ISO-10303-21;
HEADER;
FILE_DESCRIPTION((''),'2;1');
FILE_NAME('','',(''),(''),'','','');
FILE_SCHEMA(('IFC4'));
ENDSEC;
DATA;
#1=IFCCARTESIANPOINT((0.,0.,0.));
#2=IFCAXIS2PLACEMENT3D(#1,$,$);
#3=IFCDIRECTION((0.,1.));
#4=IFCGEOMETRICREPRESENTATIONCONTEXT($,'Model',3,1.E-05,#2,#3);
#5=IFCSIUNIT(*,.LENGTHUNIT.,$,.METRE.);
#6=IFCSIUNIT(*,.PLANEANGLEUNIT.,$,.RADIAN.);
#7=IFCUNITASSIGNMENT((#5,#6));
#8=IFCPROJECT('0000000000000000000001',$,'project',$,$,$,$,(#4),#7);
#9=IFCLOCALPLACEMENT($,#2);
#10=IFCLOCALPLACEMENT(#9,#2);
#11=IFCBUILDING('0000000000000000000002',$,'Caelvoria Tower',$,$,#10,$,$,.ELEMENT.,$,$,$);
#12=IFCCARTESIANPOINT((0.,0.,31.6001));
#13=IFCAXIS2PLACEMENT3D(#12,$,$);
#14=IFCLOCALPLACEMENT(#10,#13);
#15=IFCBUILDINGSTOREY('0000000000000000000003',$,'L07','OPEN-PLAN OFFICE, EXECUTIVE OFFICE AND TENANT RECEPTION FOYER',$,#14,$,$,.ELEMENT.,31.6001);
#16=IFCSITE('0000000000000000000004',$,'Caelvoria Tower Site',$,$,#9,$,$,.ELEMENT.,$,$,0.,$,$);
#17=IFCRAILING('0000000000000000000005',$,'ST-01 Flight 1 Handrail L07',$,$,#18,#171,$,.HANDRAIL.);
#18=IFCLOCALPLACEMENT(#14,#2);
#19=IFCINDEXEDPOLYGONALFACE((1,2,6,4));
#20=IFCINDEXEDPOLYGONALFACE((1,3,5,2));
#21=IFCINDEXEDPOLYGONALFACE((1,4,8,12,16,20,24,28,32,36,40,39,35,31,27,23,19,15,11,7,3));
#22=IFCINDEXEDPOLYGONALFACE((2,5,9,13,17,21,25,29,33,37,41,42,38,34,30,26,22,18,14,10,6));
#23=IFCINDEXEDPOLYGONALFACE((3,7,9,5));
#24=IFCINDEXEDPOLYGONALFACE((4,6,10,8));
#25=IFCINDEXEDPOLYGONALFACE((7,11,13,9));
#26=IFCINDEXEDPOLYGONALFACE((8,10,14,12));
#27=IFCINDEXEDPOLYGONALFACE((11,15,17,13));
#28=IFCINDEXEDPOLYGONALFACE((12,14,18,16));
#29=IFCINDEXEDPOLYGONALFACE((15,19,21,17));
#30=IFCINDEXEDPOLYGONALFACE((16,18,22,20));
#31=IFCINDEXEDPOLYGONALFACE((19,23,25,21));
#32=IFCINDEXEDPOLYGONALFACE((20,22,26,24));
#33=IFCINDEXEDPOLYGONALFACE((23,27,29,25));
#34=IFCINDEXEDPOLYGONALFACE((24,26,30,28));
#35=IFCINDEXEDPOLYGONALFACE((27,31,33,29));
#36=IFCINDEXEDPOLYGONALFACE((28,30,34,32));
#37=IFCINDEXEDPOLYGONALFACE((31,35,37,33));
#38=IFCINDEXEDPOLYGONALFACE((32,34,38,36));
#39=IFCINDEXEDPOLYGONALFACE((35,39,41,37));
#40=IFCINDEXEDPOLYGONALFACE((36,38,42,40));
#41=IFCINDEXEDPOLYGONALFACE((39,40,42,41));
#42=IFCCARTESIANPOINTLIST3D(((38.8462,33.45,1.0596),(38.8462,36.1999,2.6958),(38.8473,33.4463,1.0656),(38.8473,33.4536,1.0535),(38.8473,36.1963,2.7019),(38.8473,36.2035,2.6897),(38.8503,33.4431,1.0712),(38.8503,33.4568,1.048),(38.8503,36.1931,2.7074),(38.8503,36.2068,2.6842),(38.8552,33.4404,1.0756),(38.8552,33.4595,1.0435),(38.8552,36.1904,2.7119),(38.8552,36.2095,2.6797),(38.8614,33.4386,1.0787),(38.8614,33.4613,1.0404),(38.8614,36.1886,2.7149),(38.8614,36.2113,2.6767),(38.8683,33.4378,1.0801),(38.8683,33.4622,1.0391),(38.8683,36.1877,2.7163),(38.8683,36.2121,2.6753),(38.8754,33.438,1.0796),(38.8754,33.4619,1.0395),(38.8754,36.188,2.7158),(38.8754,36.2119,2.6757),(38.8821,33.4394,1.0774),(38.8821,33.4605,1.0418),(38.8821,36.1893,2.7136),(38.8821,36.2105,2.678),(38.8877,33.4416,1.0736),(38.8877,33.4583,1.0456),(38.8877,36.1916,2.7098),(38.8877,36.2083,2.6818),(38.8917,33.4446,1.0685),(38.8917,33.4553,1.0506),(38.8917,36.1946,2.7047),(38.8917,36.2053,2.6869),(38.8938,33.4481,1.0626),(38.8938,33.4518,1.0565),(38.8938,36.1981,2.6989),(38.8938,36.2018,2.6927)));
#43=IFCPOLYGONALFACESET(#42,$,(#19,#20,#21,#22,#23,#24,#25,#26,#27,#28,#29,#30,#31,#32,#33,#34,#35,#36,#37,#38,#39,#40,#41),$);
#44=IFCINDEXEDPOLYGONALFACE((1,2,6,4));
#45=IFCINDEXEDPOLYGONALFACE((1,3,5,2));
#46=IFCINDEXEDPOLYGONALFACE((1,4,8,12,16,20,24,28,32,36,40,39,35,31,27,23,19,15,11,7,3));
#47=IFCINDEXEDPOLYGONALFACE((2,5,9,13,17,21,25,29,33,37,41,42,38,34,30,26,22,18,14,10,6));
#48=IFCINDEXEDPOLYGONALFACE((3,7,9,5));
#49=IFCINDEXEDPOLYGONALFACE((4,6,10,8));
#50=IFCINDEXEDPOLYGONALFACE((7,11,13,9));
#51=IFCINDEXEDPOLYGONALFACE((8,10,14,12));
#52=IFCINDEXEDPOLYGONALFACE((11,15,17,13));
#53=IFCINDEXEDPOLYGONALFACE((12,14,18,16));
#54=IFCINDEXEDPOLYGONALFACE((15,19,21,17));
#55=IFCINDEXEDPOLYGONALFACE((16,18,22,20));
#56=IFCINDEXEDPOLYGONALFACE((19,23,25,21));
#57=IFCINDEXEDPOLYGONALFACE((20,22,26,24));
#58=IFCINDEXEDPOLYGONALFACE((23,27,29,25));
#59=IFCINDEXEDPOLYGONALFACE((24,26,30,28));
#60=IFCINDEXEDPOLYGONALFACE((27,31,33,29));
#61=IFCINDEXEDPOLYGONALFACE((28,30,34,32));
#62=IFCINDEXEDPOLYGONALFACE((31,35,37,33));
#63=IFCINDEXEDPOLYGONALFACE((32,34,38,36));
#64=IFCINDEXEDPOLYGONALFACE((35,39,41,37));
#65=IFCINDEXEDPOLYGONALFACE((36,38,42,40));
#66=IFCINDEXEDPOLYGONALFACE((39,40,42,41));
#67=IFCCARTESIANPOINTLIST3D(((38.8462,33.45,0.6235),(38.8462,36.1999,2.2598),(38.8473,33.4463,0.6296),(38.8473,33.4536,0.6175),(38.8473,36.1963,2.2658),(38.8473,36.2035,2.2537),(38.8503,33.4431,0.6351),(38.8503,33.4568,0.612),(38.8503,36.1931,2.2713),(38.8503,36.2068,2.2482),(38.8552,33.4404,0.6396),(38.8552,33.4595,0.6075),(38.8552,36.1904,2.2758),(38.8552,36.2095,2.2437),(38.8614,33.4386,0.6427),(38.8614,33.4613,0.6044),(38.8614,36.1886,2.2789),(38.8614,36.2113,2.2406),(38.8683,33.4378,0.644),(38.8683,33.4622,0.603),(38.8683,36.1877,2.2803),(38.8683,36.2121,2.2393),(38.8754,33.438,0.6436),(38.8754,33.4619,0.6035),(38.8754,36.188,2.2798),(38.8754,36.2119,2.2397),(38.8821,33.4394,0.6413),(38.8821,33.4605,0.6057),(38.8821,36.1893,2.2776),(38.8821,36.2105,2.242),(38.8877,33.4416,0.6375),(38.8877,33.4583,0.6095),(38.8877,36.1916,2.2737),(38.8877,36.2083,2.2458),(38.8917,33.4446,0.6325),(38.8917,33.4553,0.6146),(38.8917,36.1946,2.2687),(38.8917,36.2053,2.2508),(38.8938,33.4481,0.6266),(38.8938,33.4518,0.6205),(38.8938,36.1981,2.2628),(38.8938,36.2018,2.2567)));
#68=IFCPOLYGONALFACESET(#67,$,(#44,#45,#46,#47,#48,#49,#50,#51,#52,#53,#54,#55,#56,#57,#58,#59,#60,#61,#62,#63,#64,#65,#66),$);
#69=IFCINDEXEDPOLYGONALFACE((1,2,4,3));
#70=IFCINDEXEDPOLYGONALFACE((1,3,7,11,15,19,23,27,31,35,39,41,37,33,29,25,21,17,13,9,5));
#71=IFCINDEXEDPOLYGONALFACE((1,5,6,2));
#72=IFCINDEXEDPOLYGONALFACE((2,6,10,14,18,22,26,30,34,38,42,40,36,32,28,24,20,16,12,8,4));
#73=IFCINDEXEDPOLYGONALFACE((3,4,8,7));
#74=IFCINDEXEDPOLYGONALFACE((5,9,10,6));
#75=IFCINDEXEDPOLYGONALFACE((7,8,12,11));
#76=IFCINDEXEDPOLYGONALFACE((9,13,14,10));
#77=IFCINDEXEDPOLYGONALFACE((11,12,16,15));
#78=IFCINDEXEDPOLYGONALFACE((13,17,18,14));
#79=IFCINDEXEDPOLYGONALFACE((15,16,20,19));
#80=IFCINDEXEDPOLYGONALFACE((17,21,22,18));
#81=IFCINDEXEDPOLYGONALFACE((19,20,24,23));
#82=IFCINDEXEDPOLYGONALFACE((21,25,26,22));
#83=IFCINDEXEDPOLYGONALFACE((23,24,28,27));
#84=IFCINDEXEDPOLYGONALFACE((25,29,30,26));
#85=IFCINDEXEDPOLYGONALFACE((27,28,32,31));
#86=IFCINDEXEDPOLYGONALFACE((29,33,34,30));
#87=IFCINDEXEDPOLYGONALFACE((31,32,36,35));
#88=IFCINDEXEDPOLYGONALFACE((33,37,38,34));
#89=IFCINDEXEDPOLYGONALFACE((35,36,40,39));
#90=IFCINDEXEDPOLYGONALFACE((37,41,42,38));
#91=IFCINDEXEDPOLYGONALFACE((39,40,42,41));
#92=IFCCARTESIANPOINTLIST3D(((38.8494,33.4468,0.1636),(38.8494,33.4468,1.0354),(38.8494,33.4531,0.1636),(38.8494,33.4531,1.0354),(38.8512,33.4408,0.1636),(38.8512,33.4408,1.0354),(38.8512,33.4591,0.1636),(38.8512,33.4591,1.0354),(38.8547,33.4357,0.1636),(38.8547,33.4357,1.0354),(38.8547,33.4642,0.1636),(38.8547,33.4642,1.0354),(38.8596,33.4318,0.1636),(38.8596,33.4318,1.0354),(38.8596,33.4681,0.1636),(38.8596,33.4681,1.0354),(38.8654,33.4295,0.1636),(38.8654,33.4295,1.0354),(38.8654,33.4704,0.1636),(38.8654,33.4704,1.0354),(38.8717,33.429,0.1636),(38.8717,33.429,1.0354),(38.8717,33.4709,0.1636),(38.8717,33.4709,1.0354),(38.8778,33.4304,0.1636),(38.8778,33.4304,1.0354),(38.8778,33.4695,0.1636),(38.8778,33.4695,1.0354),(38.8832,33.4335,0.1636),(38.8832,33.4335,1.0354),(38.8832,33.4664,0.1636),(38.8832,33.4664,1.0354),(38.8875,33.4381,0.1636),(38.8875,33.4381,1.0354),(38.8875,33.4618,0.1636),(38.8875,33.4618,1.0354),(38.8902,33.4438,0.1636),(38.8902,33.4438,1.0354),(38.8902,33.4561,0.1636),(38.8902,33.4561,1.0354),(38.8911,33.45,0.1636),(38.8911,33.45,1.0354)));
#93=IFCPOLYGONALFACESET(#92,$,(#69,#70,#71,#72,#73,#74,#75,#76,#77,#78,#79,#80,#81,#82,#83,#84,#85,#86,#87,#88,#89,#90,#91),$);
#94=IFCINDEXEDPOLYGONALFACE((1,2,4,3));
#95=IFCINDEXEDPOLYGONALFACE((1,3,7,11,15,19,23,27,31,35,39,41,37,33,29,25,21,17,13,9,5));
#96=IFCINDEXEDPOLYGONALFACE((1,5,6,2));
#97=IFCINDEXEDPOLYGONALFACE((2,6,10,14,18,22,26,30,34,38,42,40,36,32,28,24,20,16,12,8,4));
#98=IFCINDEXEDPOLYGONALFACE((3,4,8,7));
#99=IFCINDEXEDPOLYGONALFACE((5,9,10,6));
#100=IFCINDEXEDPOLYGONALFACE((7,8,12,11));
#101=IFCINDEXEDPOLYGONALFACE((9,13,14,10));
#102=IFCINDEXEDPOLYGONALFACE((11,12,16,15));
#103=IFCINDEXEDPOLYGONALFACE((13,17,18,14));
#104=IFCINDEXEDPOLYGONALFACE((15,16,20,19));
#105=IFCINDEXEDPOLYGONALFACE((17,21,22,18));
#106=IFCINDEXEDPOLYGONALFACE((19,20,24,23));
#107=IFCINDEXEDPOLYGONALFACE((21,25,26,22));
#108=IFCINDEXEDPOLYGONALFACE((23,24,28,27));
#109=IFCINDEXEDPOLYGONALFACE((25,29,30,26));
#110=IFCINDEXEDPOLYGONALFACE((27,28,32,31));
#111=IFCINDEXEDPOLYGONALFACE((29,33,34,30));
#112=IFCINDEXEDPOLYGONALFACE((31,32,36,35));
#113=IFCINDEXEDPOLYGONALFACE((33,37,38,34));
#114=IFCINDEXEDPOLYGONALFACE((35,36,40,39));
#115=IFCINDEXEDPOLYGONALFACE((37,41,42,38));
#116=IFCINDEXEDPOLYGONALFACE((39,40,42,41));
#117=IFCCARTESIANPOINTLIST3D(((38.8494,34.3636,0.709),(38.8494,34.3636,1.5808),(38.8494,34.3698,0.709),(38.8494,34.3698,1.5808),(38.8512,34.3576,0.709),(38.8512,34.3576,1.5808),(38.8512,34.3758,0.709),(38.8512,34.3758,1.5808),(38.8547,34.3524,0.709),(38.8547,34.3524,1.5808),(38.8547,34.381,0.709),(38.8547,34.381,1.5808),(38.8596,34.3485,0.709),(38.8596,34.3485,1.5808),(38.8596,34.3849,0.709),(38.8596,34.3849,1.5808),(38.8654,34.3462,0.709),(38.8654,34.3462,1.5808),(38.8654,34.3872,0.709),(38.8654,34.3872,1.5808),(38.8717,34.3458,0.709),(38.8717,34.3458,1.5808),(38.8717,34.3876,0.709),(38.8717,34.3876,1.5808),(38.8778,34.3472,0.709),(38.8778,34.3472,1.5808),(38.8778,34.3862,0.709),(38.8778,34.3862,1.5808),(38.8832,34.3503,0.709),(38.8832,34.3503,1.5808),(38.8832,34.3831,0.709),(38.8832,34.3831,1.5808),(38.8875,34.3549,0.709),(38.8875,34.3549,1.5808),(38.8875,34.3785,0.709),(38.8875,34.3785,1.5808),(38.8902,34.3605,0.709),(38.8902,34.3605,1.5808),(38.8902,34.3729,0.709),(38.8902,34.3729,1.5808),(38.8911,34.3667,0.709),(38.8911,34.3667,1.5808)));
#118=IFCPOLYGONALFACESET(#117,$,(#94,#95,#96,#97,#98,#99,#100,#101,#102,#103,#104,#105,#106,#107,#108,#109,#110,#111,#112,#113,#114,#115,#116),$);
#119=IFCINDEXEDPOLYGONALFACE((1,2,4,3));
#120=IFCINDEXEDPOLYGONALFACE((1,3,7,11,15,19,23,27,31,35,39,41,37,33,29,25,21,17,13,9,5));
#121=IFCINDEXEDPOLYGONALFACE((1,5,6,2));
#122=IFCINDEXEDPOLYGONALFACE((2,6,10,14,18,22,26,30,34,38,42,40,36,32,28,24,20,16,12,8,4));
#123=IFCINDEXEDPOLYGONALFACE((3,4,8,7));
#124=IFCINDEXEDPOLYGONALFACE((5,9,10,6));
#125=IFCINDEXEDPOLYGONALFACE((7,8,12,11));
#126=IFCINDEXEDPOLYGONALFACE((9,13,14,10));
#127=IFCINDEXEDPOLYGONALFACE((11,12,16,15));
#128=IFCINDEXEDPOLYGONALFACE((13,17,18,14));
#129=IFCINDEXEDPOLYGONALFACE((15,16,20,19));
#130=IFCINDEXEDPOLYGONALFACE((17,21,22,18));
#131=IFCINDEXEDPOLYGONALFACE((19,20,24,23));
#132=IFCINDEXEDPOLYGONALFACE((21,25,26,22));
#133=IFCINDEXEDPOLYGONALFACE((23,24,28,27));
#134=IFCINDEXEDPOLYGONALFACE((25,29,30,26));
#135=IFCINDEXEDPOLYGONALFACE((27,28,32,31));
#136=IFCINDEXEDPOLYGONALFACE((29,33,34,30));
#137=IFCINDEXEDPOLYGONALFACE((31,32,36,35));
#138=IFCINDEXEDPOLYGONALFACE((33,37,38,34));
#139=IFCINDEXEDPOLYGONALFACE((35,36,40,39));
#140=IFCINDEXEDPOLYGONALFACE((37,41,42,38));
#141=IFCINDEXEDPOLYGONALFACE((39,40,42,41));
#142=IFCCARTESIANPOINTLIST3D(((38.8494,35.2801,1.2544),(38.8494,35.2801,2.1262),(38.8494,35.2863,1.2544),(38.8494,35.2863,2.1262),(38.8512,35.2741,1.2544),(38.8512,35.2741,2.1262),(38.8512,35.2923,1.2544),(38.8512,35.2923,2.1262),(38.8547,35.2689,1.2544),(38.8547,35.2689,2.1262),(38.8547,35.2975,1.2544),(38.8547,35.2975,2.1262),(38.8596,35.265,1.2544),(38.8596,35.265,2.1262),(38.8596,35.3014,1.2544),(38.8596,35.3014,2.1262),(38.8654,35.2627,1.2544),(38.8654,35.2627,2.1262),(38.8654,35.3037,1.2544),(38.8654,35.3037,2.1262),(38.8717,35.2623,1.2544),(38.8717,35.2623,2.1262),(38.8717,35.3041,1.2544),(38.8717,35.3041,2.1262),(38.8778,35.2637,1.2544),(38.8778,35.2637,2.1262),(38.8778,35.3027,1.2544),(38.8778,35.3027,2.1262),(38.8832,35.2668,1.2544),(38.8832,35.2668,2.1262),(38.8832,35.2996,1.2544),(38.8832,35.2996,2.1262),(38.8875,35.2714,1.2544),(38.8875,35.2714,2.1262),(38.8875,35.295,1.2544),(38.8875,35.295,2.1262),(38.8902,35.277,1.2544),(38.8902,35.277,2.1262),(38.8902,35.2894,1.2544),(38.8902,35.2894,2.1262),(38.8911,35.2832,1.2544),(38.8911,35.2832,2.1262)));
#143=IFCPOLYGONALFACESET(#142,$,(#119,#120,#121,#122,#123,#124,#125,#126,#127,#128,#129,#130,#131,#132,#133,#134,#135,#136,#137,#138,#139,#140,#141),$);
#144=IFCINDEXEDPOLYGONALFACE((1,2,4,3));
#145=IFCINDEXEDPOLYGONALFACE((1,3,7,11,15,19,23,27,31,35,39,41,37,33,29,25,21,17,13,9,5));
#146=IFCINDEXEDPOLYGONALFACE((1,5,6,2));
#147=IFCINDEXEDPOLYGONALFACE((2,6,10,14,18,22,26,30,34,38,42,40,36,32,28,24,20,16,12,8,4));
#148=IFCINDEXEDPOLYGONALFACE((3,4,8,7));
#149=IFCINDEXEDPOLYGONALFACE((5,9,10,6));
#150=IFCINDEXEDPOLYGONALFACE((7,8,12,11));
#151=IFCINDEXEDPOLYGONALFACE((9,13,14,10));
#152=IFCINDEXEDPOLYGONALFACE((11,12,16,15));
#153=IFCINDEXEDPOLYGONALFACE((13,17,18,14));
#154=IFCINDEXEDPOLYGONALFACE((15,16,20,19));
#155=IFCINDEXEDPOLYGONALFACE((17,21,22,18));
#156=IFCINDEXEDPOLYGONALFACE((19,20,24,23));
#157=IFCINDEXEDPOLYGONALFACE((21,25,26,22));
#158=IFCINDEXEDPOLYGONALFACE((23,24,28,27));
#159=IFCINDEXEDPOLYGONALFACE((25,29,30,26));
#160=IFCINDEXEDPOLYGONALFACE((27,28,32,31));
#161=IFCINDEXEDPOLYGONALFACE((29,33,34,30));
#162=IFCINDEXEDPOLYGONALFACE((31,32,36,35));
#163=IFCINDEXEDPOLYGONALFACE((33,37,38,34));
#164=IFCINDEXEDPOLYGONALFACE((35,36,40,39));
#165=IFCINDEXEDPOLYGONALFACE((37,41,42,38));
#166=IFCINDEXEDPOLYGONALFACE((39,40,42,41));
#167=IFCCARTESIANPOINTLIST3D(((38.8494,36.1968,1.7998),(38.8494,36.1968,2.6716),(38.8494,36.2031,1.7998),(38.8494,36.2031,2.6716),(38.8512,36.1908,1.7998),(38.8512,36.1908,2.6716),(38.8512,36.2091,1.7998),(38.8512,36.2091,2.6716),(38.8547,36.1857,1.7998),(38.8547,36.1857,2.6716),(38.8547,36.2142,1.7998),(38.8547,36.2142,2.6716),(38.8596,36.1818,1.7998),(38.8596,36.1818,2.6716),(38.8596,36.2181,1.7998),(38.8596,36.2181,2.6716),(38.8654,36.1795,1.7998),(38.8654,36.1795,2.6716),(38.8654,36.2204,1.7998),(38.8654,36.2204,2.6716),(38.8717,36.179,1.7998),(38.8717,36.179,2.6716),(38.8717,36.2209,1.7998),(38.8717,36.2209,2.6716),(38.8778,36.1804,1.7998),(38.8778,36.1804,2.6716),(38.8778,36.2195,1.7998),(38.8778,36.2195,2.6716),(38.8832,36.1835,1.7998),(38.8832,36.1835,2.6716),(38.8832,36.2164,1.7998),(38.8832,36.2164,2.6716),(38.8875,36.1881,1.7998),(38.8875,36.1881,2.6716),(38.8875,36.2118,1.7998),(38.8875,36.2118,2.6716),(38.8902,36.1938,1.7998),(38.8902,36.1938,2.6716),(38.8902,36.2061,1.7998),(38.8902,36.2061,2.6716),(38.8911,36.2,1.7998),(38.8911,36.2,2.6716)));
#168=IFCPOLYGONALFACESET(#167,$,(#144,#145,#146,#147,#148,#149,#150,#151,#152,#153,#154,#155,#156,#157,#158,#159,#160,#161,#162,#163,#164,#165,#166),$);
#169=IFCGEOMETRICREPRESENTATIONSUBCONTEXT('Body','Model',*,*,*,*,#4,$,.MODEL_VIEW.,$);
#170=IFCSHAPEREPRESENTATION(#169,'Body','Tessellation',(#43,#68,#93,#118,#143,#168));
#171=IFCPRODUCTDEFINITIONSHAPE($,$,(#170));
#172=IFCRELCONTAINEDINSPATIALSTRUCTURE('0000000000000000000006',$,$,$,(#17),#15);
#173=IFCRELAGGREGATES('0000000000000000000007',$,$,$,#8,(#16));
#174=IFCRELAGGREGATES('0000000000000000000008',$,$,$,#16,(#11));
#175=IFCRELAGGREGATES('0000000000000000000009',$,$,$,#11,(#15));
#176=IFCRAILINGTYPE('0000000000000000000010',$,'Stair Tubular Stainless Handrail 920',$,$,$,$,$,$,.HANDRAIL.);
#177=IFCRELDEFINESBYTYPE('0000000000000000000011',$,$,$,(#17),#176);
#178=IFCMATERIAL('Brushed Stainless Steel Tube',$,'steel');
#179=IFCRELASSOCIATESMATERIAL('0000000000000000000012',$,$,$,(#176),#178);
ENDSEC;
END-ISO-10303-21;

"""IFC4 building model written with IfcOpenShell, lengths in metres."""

from ifc_helpers import new_model, si_unit, direction, frame, origin, origin_2d, place, context, subcontext, project, spatial, circle, extrude, material, type_object, element, save


model = new_model("IFC4")

# Units and contexts
model_context = context("Model", 3, precision=1e-05, world=origin(), true_north=direction((0.0, 1.0)))
body_context = subcontext(model_context, "Body", "Model", "MODEL_VIEW")
ifc_project = project(units=[si_unit("LENGTHUNIT", "METRE"), si_unit("PLANEANGLEUNIT", "RADIAN")], contexts=[model_context])

# Site, building, storey
site_placement = place(None, origin())
site = spatial("IfcSite", under=ifc_project, at=site_placement, Name="Caelvoria Tower Site", CompositionType="ELEMENT", RefElevation=0.0)
building_placement = place(site_placement, origin())
building = spatial("IfcBuilding", under=site, at=building_placement, Name="Caelvoria Tower", CompositionType="ELEMENT")
storey_placement = place(building_placement, frame((0.0, 0.0, 31.6001)))
storey = spatial("IfcBuildingStorey", under=building, at=storey_placement, Name="L07", Description="OPEN-PLAN OFFICE, EXECUTIVE OFFICE AND TENANT RECEPTION FOYER", CompositionType="ELEMENT", Elevation=31.6001)

# Railing
ifc_material_1 = material(Name="Brushed Stainless Steel Tube", Category="steel")
railing_type_1 = type_object("IfcRailingType", Name="Stair Tubular Stainless Handrail 920", PredefinedType="HANDRAIL", material=ifc_material_1)
railing_1_placement = place(storey_placement, frame((38.8701, 33.45, 0.1636)))
element("IfcRailing", 1, at=railing_1_placement, inside=storey, type_object=railing_type_1, Name="ST-01 Flight 1 Handrail L07", PredefinedType="HANDRAIL", context=body_context, shape_type="SweptSolid", body=[
    extrude(circle(Radius=0.0239, at=origin_2d()), frame((0.0, 0.0, 0.896), z_axis=(0.0, 0.859385, 0.511328), x_axis=(-1.0, 0.0, 0.0)), (0.0, 0.0, 1.0), 3.2),
    extrude(circle(Radius=0.0239, at=origin_2d()), frame((0.0, 0.0, 0.46), z_axis=(0.0, 0.859385, 0.511328), x_axis=(-1.0, 0.0, 0.0)), (0.0, 0.0, 1.0), 3.2),
    extrude(circle(Radius=0.021, at=origin_2d()), origin(), (0.0, 0.0, 1.0), 0.8718),
    extrude(circle(Radius=0.021, at=origin_2d()), frame((0.0, 0.9167, 0.5454)), (0.0, 0.0, 1.0), 0.8718),
    extrude(circle(Radius=0.021, at=origin_2d()), frame((0.0, 1.8333, 1.0908)), (0.0, 0.0, 1.0), 0.8718),
    extrude(circle(Radius=0.021, at=origin_2d()), frame((0.0, 2.75, 1.6362)), (0.0, 0.0, 1.0), 0.8718),
])

save(model, "model.ifc")
